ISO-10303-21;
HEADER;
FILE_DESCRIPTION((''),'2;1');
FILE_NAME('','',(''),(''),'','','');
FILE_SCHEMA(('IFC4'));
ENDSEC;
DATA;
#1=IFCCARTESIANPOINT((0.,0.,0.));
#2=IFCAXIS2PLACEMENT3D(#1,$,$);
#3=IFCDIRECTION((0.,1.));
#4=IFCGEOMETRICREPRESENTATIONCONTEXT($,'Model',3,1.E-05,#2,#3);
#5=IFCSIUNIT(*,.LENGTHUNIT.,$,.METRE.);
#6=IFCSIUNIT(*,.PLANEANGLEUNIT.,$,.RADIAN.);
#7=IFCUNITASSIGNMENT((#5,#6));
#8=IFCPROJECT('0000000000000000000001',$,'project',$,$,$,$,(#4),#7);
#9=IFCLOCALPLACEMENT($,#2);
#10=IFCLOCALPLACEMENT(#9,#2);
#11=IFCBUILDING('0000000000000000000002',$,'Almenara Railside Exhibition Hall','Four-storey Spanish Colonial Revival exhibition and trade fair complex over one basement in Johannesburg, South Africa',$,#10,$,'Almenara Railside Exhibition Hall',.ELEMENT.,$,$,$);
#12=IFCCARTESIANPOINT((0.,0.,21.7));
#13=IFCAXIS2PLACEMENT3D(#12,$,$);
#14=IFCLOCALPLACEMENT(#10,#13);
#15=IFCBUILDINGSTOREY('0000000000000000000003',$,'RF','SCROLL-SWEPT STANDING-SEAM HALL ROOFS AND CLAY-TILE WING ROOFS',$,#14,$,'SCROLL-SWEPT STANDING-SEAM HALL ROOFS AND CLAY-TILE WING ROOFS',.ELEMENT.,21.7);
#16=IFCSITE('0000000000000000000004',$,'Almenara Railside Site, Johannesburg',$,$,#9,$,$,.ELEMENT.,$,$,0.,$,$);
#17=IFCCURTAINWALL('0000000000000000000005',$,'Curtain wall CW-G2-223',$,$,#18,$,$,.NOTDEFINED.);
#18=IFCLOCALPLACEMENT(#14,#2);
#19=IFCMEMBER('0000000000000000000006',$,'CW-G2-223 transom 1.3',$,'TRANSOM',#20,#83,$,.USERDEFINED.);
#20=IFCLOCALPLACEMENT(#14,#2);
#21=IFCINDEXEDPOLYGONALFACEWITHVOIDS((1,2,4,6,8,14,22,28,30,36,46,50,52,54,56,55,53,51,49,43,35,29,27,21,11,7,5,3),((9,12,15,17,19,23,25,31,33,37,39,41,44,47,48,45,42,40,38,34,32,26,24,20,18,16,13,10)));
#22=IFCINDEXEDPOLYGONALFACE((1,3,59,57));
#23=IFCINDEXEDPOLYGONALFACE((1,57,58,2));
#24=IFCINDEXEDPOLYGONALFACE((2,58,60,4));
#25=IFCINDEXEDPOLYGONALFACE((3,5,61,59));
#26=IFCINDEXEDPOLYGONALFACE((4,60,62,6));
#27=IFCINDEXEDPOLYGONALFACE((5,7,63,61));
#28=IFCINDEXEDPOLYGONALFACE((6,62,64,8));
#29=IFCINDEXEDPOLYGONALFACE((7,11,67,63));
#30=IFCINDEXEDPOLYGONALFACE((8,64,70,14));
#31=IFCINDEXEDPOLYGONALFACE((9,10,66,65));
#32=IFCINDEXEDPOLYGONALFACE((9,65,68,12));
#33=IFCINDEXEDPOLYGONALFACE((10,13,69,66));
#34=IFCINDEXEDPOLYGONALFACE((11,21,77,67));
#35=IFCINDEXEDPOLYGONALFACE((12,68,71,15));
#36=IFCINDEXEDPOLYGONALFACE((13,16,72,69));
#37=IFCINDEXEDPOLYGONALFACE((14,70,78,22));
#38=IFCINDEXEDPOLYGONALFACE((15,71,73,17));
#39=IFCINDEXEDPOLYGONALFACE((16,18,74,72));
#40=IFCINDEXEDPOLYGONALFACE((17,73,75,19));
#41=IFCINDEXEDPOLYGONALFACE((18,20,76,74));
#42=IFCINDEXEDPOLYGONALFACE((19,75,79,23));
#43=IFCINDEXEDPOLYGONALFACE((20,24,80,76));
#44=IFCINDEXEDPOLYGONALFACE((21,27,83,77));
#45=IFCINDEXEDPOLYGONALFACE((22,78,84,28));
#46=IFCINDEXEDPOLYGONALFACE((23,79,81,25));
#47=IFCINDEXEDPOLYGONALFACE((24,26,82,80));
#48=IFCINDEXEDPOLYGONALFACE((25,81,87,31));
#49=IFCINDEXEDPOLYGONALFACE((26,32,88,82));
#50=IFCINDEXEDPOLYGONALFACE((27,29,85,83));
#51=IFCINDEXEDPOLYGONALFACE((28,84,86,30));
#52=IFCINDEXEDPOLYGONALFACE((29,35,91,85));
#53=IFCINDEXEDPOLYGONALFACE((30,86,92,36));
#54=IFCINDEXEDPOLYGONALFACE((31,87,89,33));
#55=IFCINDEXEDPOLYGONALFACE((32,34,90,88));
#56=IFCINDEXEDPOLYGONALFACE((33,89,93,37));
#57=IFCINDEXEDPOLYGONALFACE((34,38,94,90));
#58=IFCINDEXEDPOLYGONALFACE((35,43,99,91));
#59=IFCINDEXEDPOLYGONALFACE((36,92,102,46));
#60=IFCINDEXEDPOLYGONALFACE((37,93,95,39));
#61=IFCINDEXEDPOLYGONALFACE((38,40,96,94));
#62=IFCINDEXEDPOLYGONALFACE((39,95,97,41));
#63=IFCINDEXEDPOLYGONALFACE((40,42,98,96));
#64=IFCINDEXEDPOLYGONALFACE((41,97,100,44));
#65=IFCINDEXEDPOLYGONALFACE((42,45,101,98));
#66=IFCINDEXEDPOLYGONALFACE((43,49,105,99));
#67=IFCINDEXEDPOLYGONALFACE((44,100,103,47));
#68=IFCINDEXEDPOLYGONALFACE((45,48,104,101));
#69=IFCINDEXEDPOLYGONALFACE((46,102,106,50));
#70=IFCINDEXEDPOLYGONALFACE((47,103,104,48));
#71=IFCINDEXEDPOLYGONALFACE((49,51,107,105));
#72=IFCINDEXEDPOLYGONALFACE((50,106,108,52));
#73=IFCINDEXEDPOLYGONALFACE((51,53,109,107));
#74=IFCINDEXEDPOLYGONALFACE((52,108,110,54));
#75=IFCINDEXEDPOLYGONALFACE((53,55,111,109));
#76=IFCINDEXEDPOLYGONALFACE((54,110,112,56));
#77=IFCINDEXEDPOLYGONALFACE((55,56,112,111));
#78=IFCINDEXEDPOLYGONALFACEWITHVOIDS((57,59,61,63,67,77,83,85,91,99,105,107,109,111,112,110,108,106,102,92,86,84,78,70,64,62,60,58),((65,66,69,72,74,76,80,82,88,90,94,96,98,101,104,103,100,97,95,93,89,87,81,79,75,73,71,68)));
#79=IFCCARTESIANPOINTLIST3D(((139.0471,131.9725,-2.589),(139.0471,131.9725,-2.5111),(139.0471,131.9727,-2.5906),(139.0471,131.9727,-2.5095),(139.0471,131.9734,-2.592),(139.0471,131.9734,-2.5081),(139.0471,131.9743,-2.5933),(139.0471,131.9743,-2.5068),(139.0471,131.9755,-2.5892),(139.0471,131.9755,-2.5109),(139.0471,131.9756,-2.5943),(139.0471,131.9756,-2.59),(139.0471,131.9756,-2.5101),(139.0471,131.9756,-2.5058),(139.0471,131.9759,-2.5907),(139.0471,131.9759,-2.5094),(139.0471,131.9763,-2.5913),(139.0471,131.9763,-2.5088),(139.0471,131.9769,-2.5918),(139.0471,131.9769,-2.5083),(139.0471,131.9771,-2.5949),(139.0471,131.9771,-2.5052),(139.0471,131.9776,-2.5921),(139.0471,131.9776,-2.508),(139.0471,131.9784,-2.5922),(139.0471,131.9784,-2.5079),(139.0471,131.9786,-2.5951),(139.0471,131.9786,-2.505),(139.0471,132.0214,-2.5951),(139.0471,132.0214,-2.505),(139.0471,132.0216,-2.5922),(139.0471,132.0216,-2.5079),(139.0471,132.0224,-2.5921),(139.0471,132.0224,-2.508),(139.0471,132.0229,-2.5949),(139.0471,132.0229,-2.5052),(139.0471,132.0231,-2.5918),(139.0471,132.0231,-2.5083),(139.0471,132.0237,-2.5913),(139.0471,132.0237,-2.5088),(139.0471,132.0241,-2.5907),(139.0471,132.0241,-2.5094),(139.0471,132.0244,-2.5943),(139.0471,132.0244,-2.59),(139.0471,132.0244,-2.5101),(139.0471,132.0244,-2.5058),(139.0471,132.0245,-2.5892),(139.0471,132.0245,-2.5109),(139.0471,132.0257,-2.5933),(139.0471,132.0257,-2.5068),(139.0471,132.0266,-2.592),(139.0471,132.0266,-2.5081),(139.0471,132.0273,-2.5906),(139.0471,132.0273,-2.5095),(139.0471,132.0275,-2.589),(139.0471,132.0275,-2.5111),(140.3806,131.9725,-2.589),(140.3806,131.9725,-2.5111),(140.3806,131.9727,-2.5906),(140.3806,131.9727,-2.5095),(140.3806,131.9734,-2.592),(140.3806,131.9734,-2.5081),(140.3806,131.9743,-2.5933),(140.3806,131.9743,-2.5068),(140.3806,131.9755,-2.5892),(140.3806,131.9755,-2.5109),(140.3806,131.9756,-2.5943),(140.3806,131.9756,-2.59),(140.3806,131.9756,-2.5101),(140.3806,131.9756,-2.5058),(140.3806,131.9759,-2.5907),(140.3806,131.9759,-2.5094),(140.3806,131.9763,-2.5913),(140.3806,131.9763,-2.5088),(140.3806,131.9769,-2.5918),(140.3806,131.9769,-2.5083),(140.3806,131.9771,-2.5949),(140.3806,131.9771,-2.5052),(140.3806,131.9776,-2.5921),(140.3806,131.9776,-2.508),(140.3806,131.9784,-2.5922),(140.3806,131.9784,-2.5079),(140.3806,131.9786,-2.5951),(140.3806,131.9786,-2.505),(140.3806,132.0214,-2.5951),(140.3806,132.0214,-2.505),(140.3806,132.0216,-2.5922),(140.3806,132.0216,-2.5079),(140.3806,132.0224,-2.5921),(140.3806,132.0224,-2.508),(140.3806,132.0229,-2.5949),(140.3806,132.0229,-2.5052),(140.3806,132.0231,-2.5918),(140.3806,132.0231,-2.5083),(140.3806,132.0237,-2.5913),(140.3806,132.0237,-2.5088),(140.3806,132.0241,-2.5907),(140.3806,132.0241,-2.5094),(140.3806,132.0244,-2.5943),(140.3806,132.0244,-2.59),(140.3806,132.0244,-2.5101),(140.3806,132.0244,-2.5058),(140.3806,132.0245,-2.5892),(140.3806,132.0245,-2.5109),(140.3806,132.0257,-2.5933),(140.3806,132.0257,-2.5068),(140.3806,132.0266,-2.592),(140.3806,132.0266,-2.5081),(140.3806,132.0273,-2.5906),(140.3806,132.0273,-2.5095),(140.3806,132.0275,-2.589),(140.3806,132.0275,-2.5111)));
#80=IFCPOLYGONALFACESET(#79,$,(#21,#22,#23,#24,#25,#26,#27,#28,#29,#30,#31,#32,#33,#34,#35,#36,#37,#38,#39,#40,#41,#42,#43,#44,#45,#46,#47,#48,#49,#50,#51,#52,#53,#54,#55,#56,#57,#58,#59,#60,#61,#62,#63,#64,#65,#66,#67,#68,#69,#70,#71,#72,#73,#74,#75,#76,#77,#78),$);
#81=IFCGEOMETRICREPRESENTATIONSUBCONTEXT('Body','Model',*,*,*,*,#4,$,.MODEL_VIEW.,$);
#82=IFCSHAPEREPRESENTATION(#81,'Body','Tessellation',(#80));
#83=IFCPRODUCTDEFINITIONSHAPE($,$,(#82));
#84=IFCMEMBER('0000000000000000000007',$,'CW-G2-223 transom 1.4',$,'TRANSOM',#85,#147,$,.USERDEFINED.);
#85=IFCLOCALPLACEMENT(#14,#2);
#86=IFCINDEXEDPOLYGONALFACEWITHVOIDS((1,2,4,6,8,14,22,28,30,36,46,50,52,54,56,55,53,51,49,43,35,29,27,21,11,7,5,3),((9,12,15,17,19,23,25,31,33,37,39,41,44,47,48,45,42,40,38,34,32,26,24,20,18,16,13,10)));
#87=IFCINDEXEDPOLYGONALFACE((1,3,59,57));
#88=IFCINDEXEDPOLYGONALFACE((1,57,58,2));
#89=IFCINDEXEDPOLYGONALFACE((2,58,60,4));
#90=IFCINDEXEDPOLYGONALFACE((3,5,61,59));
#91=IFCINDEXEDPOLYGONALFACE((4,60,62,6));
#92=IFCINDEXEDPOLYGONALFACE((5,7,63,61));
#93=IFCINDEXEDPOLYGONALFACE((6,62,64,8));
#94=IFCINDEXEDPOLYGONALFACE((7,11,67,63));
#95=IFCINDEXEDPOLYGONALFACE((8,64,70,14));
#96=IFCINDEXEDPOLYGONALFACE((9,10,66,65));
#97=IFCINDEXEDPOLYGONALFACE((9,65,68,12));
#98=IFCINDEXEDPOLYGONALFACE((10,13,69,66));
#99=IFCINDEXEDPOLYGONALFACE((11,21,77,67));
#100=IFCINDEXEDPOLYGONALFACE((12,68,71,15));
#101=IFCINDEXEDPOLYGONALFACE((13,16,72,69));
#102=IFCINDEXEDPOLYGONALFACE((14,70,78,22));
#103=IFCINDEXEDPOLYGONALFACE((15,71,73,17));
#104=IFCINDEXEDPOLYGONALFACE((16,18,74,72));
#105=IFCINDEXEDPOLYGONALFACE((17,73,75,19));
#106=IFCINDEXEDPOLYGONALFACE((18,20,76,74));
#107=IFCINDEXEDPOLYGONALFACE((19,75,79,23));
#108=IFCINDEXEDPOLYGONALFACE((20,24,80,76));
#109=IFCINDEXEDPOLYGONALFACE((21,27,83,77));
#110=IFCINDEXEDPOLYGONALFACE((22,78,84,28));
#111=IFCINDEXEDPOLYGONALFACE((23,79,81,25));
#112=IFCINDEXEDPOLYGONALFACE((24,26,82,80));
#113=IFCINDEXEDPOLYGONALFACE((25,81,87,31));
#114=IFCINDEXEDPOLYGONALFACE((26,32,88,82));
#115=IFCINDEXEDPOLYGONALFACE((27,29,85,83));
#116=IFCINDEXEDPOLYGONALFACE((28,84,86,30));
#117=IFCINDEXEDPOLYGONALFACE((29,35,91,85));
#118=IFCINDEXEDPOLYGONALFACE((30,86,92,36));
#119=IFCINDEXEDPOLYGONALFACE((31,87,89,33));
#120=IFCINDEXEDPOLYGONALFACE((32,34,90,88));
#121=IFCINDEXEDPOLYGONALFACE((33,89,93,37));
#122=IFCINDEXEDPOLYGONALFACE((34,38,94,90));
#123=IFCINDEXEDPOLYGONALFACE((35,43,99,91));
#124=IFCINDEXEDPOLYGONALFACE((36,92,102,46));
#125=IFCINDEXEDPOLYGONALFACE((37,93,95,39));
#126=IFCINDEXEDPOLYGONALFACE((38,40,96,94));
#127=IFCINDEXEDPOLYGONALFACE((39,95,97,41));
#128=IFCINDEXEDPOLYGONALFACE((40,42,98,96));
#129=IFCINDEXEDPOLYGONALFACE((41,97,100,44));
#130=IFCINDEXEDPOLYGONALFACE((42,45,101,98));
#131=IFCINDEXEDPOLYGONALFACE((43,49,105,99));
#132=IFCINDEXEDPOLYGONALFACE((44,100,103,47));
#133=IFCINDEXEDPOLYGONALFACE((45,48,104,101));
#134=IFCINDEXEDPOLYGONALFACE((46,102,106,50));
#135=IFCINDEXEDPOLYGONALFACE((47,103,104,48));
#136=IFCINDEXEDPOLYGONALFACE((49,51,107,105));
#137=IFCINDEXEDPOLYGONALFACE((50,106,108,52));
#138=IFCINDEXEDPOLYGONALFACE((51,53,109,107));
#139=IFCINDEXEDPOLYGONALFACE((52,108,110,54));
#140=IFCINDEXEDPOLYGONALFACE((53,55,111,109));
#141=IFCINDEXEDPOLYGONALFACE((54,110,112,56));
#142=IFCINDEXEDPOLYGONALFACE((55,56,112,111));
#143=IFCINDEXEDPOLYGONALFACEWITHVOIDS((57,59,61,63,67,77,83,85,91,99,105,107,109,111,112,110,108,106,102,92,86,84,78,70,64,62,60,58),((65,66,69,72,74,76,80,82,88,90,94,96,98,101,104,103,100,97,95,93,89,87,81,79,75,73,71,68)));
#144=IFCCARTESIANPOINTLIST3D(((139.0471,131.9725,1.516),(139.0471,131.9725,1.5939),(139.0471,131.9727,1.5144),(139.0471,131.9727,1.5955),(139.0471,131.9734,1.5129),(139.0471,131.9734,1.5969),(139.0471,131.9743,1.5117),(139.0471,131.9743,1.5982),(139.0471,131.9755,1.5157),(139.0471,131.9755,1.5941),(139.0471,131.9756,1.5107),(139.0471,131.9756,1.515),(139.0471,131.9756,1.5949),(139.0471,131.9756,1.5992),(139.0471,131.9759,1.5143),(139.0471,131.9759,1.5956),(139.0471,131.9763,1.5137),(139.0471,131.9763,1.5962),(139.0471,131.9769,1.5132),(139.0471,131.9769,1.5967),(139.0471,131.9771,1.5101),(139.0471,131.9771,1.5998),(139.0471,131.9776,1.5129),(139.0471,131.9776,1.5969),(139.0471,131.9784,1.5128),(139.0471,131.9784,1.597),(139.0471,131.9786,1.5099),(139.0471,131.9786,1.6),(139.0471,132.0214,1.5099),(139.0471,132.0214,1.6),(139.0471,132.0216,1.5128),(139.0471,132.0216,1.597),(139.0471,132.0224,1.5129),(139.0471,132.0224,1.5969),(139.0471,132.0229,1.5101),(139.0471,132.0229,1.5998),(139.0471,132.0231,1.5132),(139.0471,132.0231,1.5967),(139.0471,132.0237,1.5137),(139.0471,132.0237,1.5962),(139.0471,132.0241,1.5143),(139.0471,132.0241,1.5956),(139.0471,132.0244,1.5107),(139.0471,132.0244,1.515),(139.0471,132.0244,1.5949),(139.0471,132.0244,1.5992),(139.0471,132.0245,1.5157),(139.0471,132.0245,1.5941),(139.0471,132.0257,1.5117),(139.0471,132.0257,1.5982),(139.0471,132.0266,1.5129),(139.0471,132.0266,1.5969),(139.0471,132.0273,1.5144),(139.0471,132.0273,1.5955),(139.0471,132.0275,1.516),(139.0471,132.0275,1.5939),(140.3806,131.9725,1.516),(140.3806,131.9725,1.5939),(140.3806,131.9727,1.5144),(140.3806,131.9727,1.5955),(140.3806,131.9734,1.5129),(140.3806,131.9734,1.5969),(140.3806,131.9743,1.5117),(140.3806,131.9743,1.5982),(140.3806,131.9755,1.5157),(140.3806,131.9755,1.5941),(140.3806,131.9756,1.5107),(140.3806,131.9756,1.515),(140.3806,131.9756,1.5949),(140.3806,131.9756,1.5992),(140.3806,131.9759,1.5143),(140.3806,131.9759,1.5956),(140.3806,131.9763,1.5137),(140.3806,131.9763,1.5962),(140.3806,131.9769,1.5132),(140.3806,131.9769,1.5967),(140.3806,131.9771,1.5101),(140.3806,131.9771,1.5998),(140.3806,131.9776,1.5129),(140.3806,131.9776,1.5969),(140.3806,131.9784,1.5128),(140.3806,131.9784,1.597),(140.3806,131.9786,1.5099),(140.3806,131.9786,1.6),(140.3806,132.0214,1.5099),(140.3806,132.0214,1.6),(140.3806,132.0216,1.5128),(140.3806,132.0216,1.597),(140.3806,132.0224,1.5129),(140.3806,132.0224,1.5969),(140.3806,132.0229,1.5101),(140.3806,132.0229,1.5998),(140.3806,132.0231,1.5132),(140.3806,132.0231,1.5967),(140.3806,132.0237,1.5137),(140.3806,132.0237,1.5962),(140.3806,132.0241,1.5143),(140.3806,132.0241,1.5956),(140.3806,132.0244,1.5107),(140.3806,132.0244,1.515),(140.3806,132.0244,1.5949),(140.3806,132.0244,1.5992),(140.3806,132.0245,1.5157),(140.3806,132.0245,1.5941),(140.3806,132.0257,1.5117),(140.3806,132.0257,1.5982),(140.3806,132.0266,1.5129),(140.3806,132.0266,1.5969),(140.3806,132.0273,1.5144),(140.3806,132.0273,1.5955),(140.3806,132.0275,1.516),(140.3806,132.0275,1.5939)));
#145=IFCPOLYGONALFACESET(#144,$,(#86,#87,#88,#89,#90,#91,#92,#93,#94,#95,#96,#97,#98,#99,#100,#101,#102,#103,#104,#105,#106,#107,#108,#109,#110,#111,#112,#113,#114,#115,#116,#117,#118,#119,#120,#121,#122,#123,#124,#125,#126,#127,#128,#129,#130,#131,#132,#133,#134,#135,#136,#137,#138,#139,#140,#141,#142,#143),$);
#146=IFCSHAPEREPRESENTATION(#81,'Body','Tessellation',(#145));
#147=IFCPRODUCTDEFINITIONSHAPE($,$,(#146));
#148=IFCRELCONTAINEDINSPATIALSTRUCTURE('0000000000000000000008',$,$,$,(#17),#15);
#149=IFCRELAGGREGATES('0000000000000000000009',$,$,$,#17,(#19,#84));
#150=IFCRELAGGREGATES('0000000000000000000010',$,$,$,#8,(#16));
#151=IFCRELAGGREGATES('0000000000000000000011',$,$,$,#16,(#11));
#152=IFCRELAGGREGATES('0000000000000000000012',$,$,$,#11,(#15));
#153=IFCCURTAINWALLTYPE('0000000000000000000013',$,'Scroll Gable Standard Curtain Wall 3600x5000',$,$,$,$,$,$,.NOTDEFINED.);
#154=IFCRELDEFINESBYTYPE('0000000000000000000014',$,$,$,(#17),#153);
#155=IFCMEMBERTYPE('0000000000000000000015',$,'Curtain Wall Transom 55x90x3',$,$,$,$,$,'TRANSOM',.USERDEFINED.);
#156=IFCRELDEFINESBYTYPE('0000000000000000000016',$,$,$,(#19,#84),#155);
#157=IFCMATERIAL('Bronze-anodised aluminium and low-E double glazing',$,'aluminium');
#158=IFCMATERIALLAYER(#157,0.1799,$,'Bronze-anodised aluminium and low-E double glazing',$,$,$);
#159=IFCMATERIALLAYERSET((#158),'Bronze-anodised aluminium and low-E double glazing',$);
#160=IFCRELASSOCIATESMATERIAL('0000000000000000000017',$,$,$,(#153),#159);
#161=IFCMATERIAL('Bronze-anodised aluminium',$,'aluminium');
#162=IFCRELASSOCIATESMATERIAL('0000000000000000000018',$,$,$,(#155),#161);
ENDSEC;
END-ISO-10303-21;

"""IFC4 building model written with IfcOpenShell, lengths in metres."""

from ifc_helpers import new_model, si_unit, direction, frame, origin, origin_2d, place, context, subcontext, project, spatial, hollow_rectangle, extrude, material, layer, layer_set, material_profile, profile_set, type_object, element, aggregate, save


model = new_model("IFC4")

# Units and contexts
model_context = context("Model", 3, precision=1e-05, world=origin(), true_north=direction((0.0, 1.0)))
body_context = subcontext(model_context, "Body", "Model", "MODEL_VIEW")
ifc_project = project(units=[si_unit("LENGTHUNIT", "METRE"), si_unit("PLANEANGLEUNIT", "RADIAN")], contexts=[model_context])

# Site, building, storey
site_placement = place(None, origin())
site = spatial("IfcSite", under=ifc_project, at=site_placement, Name="Almenara Railside Site, Johannesburg", CompositionType="ELEMENT", RefElevation=0.0)
building_placement = place(site_placement, origin())
building = spatial("IfcBuilding", under=site, at=building_placement, Name="Almenara Railside Exhibition Hall", Description="Four-storey Spanish Colonial Revival exhibition and trade fair complex over one basement in Johannesburg, South Africa", LongName="Almenara Railside Exhibition Hall", CompositionType="ELEMENT")
storey_placement = place(building_placement, frame((0.0, 0.0, 21.7)))
storey = spatial("IfcBuildingStorey", under=building, at=storey_placement, Name="RF", Description="SCROLL-SWEPT STANDING-SEAM HALL ROOFS AND CLAY-TILE WING ROOFS", LongName="SCROLL-SWEPT STANDING-SEAM HALL ROOFS AND CLAY-TILE WING ROOFS", CompositionType="ELEMENT", Elevation=21.7)

# Curtain wall, members
ifc_material_1 = material(Name="Bronze-anodised aluminium and low-E double glazing", Category="aluminium")
ifc_layer_1 = layer(ifc_material_1, 0.1799, Name="Bronze-anodised aluminium and low-E double glazing")
ifc_layer_set_1 = layer_set([ifc_layer_1], Name="Bronze-anodised aluminium and low-E double glazing")
curtain_wall_type = type_object("IfcCurtainWallType", Name="Scroll Gable Standard Curtain Wall 3600x5000", PredefinedType="NOTDEFINED", material=ifc_layer_set_1)
curtain_wall_placement = place(storey_placement, origin())
curtain_wall = element("IfcCurtainWall", 1, at=curtain_wall_placement, inside=storey, type_object=curtain_wall_type, Name="Curtain wall CW-G2-223", PredefinedType="NOTDEFINED")
ifc_material_2 = material(Name="Bronze-anodised aluminium", Category="aluminium")
ifc_material_profile_1 = material_profile(ifc_material_2, hollow_rectangle(XDim=0.0549, YDim=0.0901, WallThickness=0.0029, InnerFilletRadius=0.0029, OuterFilletRadius=0.0061, at=origin_2d()), Name="ALU-TRN 55x90x3")
ifc_profile_set_1 = profile_set([ifc_material_profile_1], Name="Bronze-anodised aluminium")
member_type_1 = type_object("IfcMemberType", Name="Curtain Wall Transom 55x90x3", ElementType="TRANSOM", PredefinedType="USERDEFINED", material=ifc_profile_set_1)
member_1_placement = place(storey_placement, frame((139.0471, 132.0, -2.55), z_axis=(1.0, 0.0, 0.0), x_axis=(0.0, 1.0, 0.0)))
member_1 = element("IfcMember", 2, at=member_1_placement, type_object=member_type_1, Name="CW-G2-223 transom 1.3", ObjectType="TRANSOM", PredefinedType="USERDEFINED", context=body_context, shape_type="SweptSolid", body=[
    extrude(hollow_rectangle(XDim=0.0549, YDim=0.0901, WallThickness=0.0029, InnerFilletRadius=0.0029, OuterFilletRadius=0.0061, at=origin_2d()), origin(), (0.0, 0.0, 1.0), 1.3335),
])
member_2_placement = place(storey_placement, frame((139.0471, 132.0, 1.5549), z_axis=(1.0, 0.0, 0.0), x_axis=(0.0, 1.0, 0.0)))
member_2 = element("IfcMember", 3, at=member_2_placement, type_object=member_type_1, Name="CW-G2-223 transom 1.4", ObjectType="TRANSOM", PredefinedType="USERDEFINED", context=body_context, shape_type="SweptSolid", body=[
    extrude(hollow_rectangle(XDim=0.0549, YDim=0.0901, WallThickness=0.0029, InnerFilletRadius=0.0029, OuterFilletRadius=0.0061, at=origin_2d()), origin(), (0.0, 0.0, 1.0), 1.3335),
])

aggregate(curtain_wall, [member_1, member_2])

save(model, "model.ifc")
